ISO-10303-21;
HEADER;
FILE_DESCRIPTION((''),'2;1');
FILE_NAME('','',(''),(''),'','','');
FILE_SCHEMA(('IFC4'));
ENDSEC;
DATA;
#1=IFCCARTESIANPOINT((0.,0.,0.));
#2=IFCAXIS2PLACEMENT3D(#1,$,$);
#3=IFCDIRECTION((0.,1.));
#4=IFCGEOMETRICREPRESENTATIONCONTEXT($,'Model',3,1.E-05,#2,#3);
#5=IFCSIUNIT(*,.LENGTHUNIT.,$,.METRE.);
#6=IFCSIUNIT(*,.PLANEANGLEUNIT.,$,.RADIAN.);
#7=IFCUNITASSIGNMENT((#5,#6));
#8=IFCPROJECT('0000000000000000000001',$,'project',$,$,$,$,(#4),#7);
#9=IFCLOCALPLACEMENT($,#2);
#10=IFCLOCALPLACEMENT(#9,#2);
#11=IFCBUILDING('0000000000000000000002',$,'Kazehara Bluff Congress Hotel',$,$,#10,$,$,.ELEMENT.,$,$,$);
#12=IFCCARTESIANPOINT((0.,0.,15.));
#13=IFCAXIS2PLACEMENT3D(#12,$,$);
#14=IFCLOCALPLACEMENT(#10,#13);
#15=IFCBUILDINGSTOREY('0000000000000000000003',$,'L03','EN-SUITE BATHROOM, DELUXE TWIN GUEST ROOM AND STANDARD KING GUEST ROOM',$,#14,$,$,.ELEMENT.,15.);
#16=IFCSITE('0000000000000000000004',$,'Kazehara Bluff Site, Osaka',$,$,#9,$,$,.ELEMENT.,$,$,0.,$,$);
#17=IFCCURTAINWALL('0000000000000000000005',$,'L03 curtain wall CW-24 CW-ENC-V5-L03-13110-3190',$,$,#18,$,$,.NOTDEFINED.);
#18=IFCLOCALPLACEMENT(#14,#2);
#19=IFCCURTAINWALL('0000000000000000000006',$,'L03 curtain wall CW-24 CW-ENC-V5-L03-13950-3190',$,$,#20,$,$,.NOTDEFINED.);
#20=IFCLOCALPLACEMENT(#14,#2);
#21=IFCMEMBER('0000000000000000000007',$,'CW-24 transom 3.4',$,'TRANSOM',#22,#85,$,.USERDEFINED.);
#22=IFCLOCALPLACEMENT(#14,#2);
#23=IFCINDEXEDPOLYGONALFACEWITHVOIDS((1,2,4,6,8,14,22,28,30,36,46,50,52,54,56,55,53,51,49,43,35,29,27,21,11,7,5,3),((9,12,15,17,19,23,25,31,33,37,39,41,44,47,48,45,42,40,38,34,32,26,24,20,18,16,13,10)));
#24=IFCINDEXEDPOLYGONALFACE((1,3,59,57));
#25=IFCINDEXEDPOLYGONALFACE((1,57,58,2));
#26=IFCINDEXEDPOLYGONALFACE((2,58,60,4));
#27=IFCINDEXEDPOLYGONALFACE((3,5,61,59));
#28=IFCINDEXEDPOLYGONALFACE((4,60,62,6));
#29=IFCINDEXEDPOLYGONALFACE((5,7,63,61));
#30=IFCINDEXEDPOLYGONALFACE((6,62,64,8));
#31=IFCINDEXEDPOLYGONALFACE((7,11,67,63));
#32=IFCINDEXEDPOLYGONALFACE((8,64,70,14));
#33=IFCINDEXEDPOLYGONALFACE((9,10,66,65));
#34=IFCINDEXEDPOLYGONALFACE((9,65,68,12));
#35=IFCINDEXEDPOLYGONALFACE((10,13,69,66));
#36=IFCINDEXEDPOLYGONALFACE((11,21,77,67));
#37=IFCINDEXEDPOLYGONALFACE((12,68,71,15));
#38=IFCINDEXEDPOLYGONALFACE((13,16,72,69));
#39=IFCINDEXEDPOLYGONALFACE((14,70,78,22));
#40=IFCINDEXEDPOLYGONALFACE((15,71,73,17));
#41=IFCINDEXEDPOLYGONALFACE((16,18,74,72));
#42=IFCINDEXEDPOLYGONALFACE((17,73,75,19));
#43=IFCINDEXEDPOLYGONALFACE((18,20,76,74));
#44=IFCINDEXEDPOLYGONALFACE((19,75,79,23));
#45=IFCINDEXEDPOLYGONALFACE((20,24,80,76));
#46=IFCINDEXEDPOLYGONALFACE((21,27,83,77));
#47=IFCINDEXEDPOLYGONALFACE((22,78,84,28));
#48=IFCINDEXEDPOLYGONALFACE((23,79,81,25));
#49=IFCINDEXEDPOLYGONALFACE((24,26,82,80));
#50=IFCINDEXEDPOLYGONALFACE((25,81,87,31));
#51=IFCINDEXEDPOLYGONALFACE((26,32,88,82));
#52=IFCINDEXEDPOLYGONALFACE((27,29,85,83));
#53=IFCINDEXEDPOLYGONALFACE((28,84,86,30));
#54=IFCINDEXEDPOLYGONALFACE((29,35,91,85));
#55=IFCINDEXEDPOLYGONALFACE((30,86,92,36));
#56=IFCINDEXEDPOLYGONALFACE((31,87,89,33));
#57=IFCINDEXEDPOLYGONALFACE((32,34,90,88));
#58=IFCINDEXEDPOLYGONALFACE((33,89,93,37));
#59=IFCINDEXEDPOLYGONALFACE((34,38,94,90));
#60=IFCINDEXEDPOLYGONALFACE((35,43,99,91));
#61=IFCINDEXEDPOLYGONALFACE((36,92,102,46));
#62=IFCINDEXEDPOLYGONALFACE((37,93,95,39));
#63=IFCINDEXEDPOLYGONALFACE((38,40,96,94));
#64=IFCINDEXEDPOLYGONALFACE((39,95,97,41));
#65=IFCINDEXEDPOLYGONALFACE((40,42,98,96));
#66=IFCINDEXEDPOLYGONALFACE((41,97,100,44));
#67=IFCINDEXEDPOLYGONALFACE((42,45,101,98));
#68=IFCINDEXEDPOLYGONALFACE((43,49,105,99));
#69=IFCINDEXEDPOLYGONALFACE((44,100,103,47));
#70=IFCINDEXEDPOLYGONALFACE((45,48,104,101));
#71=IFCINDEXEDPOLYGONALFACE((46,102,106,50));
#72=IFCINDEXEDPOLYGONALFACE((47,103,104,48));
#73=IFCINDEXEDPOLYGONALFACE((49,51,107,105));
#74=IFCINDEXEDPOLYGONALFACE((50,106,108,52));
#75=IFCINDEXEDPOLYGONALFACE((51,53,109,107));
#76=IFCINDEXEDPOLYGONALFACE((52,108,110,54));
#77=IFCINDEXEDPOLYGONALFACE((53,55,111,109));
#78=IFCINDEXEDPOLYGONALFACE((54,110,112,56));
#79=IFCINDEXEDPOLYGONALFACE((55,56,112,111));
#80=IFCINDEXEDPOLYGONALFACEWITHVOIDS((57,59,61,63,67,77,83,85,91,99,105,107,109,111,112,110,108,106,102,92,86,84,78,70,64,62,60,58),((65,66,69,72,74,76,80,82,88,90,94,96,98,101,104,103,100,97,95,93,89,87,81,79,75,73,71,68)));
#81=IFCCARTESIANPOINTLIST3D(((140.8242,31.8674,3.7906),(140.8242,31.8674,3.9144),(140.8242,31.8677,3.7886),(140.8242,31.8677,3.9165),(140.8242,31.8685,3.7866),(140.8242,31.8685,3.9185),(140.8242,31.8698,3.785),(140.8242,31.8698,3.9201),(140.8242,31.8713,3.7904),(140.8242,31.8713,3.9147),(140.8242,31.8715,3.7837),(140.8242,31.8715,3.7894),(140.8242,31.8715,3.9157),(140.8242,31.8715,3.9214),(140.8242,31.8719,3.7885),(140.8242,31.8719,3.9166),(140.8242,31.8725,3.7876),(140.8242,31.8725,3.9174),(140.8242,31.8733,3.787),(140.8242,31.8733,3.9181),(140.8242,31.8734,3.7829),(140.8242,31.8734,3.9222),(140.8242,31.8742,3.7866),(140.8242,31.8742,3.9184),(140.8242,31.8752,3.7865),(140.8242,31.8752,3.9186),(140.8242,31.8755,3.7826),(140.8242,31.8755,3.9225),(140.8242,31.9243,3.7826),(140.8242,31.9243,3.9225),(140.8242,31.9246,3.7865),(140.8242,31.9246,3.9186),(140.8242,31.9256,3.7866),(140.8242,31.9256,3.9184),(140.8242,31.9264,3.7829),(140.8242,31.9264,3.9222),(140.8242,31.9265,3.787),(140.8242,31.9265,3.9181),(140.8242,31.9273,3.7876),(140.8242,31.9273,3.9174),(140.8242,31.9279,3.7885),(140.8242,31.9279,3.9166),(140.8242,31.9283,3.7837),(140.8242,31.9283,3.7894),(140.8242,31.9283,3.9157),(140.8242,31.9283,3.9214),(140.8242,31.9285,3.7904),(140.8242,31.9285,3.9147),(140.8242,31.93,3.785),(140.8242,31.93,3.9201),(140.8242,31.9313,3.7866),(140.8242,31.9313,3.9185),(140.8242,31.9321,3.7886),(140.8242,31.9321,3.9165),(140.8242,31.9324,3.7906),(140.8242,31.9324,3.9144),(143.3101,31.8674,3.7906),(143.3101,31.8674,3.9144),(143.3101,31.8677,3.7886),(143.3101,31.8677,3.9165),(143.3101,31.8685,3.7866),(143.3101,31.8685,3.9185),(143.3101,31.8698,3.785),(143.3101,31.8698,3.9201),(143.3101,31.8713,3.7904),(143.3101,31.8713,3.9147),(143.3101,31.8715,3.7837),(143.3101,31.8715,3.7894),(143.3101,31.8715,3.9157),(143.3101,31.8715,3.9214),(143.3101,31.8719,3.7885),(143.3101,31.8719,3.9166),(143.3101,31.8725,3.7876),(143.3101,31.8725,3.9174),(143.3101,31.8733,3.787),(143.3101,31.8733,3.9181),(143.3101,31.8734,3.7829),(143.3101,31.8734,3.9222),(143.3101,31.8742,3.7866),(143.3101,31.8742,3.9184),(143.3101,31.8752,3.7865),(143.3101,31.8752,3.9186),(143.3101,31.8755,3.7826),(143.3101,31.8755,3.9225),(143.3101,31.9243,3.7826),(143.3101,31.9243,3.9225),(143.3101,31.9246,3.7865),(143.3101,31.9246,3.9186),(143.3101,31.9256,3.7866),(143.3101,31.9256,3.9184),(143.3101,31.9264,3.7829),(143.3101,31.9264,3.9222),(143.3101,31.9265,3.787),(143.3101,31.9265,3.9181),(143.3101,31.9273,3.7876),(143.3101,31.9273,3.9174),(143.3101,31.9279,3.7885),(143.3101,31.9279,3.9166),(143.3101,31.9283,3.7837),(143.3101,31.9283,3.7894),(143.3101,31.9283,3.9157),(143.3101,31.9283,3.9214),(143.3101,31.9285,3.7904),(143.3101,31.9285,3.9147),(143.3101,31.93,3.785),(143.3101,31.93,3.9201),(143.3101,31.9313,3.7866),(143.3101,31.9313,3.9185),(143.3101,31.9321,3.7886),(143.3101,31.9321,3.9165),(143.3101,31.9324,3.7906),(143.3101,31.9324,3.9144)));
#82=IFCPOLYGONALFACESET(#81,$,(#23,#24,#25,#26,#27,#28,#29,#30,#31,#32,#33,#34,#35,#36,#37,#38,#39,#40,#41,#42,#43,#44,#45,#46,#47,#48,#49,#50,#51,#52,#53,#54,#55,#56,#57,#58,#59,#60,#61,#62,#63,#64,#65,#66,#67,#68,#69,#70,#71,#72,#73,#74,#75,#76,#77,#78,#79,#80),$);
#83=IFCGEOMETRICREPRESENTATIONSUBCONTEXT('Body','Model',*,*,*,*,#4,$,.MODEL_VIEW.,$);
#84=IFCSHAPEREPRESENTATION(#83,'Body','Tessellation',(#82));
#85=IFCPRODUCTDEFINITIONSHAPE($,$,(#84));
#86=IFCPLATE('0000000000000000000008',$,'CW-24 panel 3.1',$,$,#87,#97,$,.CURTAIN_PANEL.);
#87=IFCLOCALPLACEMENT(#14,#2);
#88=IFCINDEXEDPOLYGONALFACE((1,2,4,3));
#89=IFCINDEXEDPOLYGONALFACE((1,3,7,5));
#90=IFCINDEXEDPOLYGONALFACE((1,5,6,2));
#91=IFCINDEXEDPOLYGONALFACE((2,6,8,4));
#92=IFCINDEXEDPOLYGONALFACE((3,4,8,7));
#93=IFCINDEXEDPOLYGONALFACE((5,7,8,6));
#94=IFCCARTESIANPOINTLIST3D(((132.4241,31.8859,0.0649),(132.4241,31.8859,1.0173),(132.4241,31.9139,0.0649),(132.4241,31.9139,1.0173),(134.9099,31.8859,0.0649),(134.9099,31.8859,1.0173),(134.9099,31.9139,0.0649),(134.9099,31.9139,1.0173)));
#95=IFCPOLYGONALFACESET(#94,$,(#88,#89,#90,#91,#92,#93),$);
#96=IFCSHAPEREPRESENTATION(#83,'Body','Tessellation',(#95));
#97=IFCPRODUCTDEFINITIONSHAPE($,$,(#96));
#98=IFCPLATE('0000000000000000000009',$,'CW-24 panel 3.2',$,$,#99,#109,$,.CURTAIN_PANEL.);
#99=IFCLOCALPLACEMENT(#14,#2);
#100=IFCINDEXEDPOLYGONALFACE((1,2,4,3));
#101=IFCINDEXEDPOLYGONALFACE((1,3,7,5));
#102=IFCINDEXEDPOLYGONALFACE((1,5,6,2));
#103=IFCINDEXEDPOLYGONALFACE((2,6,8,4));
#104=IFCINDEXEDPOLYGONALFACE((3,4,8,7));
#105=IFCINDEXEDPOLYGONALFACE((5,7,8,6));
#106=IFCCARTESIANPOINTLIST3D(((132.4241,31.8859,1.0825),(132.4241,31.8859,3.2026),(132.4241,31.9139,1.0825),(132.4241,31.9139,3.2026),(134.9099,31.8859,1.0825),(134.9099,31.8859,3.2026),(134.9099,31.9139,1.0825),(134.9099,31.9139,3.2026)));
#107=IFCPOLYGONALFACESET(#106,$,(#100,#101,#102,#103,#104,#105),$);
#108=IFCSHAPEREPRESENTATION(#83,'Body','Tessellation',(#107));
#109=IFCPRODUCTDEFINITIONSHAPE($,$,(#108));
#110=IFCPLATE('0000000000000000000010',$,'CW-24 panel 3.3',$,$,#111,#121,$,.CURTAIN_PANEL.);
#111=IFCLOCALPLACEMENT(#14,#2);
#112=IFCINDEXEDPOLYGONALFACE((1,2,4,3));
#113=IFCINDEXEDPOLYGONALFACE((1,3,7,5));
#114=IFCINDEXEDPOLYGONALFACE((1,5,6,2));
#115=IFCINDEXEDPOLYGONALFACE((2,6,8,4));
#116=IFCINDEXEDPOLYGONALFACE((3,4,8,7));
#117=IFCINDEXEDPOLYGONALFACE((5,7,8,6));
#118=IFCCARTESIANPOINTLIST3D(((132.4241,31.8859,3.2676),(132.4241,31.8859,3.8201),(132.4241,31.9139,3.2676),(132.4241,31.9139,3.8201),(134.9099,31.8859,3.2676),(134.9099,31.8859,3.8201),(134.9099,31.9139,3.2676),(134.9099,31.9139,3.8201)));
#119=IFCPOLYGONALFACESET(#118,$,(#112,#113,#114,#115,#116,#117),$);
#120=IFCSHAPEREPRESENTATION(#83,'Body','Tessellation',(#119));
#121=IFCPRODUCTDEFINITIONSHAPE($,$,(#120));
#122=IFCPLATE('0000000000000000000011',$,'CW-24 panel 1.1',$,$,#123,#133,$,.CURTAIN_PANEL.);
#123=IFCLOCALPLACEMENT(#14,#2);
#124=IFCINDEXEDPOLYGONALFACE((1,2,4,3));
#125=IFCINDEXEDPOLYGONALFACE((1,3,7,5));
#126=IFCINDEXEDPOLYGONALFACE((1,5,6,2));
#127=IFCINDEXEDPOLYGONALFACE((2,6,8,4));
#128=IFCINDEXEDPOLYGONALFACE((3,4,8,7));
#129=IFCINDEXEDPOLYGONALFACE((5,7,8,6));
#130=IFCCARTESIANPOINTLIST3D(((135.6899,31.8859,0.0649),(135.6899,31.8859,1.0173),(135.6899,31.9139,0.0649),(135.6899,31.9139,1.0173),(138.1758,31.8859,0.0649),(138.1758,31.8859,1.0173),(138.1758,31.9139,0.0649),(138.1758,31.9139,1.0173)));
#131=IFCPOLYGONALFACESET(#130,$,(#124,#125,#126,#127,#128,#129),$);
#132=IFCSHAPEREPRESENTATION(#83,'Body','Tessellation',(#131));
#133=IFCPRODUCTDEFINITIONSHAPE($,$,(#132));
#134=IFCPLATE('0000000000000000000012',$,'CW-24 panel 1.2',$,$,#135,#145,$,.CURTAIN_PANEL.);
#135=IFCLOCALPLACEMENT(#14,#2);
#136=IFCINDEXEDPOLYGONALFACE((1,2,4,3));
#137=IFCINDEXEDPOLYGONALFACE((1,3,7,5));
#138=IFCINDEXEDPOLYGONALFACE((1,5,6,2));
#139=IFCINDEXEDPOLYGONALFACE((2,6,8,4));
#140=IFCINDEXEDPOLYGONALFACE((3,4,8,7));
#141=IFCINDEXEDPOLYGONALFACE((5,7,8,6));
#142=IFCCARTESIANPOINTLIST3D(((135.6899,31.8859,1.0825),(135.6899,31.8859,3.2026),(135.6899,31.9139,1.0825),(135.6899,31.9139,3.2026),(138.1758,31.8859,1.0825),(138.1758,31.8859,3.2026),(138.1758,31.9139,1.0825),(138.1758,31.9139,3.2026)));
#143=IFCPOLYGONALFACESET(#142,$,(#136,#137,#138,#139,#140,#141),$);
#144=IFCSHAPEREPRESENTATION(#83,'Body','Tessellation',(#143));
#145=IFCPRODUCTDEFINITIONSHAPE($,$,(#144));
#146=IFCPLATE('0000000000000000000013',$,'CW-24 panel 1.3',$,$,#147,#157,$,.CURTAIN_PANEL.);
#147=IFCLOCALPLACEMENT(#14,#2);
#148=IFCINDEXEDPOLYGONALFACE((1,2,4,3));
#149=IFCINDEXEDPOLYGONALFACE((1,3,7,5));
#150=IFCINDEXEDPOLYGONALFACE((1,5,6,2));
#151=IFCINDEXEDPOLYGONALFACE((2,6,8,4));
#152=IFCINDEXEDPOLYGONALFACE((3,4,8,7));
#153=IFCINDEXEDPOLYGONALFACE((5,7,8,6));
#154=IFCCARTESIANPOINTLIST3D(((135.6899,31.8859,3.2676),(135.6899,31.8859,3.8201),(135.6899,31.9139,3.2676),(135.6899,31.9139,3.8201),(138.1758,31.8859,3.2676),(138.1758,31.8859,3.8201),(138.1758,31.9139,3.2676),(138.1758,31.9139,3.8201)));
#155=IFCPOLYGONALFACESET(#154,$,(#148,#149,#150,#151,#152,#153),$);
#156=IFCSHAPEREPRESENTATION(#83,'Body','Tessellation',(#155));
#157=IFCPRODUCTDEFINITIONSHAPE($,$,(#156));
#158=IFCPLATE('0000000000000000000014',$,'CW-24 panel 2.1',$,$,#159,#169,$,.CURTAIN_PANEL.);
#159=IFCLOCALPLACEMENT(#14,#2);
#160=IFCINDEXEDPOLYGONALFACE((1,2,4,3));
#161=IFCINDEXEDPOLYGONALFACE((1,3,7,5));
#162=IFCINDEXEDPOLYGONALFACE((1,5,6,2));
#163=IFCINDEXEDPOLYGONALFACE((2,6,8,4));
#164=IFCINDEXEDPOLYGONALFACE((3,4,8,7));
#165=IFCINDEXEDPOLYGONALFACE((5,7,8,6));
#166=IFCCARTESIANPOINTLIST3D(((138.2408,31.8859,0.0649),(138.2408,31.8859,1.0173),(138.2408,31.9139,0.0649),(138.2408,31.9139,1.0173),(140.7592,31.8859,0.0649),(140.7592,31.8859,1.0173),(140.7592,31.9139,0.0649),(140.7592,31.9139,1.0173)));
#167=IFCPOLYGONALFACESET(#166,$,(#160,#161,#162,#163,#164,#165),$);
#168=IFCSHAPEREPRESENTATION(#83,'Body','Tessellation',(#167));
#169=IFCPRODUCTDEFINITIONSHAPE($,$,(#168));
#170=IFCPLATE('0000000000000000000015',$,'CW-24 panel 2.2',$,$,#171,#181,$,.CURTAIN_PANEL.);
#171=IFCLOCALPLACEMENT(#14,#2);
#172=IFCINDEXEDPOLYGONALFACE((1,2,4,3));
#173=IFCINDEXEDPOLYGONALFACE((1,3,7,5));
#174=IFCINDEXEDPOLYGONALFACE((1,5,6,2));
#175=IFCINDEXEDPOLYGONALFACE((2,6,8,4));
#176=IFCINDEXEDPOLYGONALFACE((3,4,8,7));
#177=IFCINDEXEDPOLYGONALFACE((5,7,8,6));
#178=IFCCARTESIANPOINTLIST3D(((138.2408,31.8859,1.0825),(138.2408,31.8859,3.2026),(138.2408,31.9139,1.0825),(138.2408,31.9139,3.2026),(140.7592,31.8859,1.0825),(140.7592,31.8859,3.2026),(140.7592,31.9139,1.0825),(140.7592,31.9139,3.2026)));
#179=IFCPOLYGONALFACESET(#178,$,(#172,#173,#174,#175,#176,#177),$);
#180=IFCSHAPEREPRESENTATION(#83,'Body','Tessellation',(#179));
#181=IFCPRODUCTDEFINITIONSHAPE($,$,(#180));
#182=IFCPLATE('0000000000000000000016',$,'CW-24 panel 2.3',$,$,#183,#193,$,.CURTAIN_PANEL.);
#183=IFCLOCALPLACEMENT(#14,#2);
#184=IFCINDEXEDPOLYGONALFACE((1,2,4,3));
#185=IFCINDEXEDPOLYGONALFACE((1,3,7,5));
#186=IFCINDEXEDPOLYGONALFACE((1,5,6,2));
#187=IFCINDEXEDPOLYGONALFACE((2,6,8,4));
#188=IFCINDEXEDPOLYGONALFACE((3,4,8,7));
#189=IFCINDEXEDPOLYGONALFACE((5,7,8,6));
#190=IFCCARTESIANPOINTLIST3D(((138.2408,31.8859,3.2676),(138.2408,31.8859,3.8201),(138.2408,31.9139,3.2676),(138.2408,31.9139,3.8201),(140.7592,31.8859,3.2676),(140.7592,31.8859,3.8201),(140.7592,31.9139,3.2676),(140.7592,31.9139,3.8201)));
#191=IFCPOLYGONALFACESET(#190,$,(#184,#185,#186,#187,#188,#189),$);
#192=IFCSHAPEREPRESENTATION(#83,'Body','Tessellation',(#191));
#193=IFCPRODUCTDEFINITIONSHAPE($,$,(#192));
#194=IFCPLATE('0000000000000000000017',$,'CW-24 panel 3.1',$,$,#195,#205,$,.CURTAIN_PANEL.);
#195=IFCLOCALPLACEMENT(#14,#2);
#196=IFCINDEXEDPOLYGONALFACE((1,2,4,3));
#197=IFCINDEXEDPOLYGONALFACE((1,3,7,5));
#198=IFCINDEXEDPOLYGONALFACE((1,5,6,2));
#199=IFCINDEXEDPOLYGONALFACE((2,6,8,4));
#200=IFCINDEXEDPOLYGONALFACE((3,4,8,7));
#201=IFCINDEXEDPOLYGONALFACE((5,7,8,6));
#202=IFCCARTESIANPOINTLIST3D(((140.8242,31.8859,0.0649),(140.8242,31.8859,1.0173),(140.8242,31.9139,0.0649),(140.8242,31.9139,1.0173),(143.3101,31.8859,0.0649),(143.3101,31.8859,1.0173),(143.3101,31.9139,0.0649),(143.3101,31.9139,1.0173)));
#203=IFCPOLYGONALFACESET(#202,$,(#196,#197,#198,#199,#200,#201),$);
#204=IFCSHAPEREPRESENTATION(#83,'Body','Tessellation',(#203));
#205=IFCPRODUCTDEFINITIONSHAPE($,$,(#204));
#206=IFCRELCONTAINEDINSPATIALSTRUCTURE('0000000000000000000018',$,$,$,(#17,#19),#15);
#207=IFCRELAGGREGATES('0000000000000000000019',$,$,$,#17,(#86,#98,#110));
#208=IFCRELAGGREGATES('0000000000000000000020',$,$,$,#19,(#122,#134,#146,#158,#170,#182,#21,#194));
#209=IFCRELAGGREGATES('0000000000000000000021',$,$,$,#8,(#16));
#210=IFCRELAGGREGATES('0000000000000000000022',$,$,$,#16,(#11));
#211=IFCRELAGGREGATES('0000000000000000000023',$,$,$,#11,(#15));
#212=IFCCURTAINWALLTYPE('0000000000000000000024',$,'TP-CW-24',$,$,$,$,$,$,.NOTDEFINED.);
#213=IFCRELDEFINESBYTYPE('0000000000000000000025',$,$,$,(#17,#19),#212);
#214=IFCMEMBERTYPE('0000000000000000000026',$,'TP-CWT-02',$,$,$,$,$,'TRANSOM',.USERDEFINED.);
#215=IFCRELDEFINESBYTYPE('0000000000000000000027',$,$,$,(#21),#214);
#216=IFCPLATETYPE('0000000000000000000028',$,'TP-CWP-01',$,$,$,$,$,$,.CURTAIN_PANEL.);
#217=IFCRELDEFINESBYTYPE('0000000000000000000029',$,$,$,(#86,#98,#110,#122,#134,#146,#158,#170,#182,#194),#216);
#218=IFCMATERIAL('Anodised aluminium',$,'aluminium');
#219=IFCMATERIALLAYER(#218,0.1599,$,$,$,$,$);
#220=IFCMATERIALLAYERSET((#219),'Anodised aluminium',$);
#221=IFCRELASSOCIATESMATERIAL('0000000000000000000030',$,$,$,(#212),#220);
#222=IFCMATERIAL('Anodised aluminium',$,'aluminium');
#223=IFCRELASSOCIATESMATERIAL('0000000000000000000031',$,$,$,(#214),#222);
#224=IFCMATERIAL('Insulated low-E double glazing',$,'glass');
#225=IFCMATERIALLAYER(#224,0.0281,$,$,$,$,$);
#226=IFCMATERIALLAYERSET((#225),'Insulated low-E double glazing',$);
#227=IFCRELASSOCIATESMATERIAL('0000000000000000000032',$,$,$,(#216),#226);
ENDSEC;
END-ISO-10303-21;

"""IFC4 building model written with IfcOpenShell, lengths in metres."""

from ifc_helpers import new_model, si_unit, direction, frame, origin, origin_2d, place, context, subcontext, project, spatial, rectangle, hollow_rectangle, extrude, material, layer, layer_set, material_profile, profile_set, type_object, element, aggregate, save


model = new_model("IFC4")

# Units and contexts
model_context = context("Model", 3, precision=1e-05, world=origin(), true_north=direction((0.0, 1.0)))
body_context = subcontext(model_context, "Body", "Model", "MODEL_VIEW")
ifc_project = project(units=[si_unit("LENGTHUNIT", "METRE"), si_unit("PLANEANGLEUNIT", "RADIAN")], contexts=[model_context])

# Site, building, storey
site_placement = place(None, origin())
site = spatial("IfcSite", under=ifc_project, at=site_placement, Name="Kazehara Bluff Site, Osaka", CompositionType="ELEMENT", RefElevation=0.0)
building_placement = place(site_placement, origin())
building = spatial("IfcBuilding", under=site, at=building_placement, Name="Kazehara Bluff Congress Hotel", CompositionType="ELEMENT")
storey_placement = place(building_placement, frame((0.0, 0.0, 15.0)))
storey = spatial("IfcBuildingStorey", under=building, at=storey_placement, Name="L03", Description="EN-SUITE BATHROOM, DELUXE TWIN GUEST ROOM AND STANDARD KING GUEST ROOM", CompositionType="ELEMENT", Elevation=15.0)

# Curtain wall
ifc_material_1 = material(Name="Anodised aluminium", Category="aluminium")
ifc_layer_1 = layer(ifc_material_1, 0.1599)
ifc_layer_set_1 = layer_set([ifc_layer_1], Name="Anodised aluminium")
curtain_wall_type = type_object("IfcCurtainWallType", Name="TP-CW-24", PredefinedType="NOTDEFINED", material=ifc_layer_set_1)
curtain_wall_1_placement = place(storey_placement, origin())
curtain_wall_1 = element("IfcCurtainWall", 1, at=curtain_wall_1_placement, inside=storey, type_object=curtain_wall_type, Name="L03 curtain wall CW-24 CW-ENC-V5-L03-13110-3190", PredefinedType="NOTDEFINED")

# Curtain wall
curtain_wall_2_placement = place(storey_placement, origin())
curtain_wall_2 = element("IfcCurtainWall", 2, at=curtain_wall_2_placement, inside=storey, type_object=curtain_wall_type, Name="L03 curtain wall CW-24 CW-ENC-V5-L03-13950-3190", PredefinedType="NOTDEFINED")

# Member
ifc_material_2 = material(Name="Anodised aluminium", Category="aluminium")
ifc_material_profile_1 = material_profile(ifc_material_2, hollow_rectangle(XDim=0.0649, YDim=0.1399, WallThickness=0.0039, InnerFilletRadius=0.0039, OuterFilletRadius=0.0081, at=origin_2d()))
ifc_profile_set_1 = profile_set([ifc_material_profile_1], Name="Anodised aluminium")
member_type_1 = type_object("IfcMemberType", Name="TP-CWT-02", ElementType="TRANSOM", PredefinedType="USERDEFINED", material=ifc_profile_set_1)
member_1_placement = place(storey_placement, frame((140.8242, 31.8999, 3.8525), z_axis=(1.0, 0.0, 0.0), x_axis=(0.0, 1.0, 0.0)))
member_1 = element("IfcMember", 3, at=member_1_placement, type_object=member_type_1, Name="CW-24 transom 3.4", ObjectType="TRANSOM", PredefinedType="USERDEFINED", context=body_context, shape_type="SweptSolid", body=[
    extrude(hollow_rectangle(XDim=0.0649, YDim=0.1399, WallThickness=0.0039, InnerFilletRadius=0.0039, OuterFilletRadius=0.0081, at=origin_2d()), origin(), (0.0, 0.0, 1.0), 2.4858),
])

# Plates
ifc_material_3 = material(Name="Insulated low-E double glazing", Category="glass")
ifc_layer_2 = layer(ifc_material_3, 0.0281)
ifc_layer_set_2 = layer_set([ifc_layer_2], Name="Insulated low-E double glazing")
plate_type = type_object("IfcPlateType", Name="TP-CWP-01", PredefinedType="CURTAIN_PANEL", material=ifc_layer_set_2)
plate_1_placement = place(storey_placement, frame((133.667, 31.8999, 0.0649), z_axis=(0.0, 0.0, 1.0), x_axis=(1.0, 0.0, 0.0)))
plate_1 = element("IfcPlate", 4, at=plate_1_placement, type_object=plate_type, Name="CW-24 panel 3.1", PredefinedType="CURTAIN_PANEL", context=body_context, shape_type="SweptSolid", body=[
    extrude(rectangle(XDim=2.4858, YDim=0.0281, at=origin_2d()), origin(), (0.0, 0.0, 1.0), 0.9524),
])
plate_2_placement = place(storey_placement, frame((133.667, 31.8999, 1.0825), z_axis=(0.0, 0.0, 1.0), x_axis=(1.0, 0.0, 0.0)))
plate_2 = element("IfcPlate", 5, at=plate_2_placement, type_object=plate_type, Name="CW-24 panel 3.2", PredefinedType="CURTAIN_PANEL", context=body_context, shape_type="SweptSolid", body=[
    extrude(rectangle(XDim=2.4858, YDim=0.0281, at=origin_2d()), origin(), (0.0, 0.0, 1.0), 2.1201),
])
plate_3_placement = place(storey_placement, frame((133.667, 31.8999, 3.2676), z_axis=(0.0, 0.0, 1.0), x_axis=(1.0, 0.0, 0.0)))
plate_3 = element("IfcPlate", 6, at=plate_3_placement, type_object=plate_type, Name="CW-24 panel 3.3", PredefinedType="CURTAIN_PANEL", context=body_context, shape_type="SweptSolid", body=[
    extrude(rectangle(XDim=2.4858, YDim=0.0281, at=origin_2d()), origin(), (0.0, 0.0, 1.0), 0.5525),
])
aggregate(curtain_wall_1, [plate_1, plate_2, plate_3])
plate_4_placement = place(storey_placement, frame((136.9329, 31.8999, 0.0649), z_axis=(0.0, 0.0, 1.0), x_axis=(1.0, 0.0, 0.0)))
plate_4 = element("IfcPlate", 7, at=plate_4_placement, type_object=plate_type, Name="CW-24 panel 1.1", PredefinedType="CURTAIN_PANEL", context=body_context, shape_type="SweptSolid", body=[
    extrude(rectangle(XDim=2.4858, YDim=0.0281, at=origin_2d()), origin(), (0.0, 0.0, 1.0), 0.9524),
])
plate_5_placement = place(storey_placement, frame((136.9329, 31.8999, 1.0825), z_axis=(0.0, 0.0, 1.0), x_axis=(1.0, 0.0, 0.0)))
plate_5 = element("IfcPlate", 8, at=plate_5_placement, type_object=plate_type, Name="CW-24 panel 1.2", PredefinedType="CURTAIN_PANEL", context=body_context, shape_type="SweptSolid", body=[
    extrude(rectangle(XDim=2.4858, YDim=0.0281, at=origin_2d()), origin(), (0.0, 0.0, 1.0), 2.1201),
])
plate_6_placement = place(storey_placement, frame((136.9329, 31.8999, 3.2676), z_axis=(0.0, 0.0, 1.0), x_axis=(1.0, 0.0, 0.0)))
plate_6 = element("IfcPlate", 9, at=plate_6_placement, type_object=plate_type, Name="CW-24 panel 1.3", PredefinedType="CURTAIN_PANEL", context=body_context, shape_type="SweptSolid", body=[
    extrude(rectangle(XDim=2.4858, YDim=0.0281, at=origin_2d()), origin(), (0.0, 0.0, 1.0), 0.5525),
])
plate_7_placement = place(storey_placement, frame((139.5, 31.8999, 0.0649), z_axis=(0.0, 0.0, 1.0), x_axis=(1.0, 0.0, 0.0)))
plate_7 = element("IfcPlate", 10, at=plate_7_placement, type_object=plate_type, Name="CW-24 panel 2.1", PredefinedType="CURTAIN_PANEL", context=body_context, shape_type="SweptSolid", body=[
    extrude(rectangle(XDim=2.5183, YDim=0.0281, at=origin_2d()), origin(), (0.0, 0.0, 1.0), 0.9524),
])
plate_8_placement = place(storey_placement, frame((139.5, 31.8999, 1.0825), z_axis=(0.0, 0.0, 1.0), x_axis=(1.0, 0.0, 0.0)))
plate_8 = element("IfcPlate", 11, at=plate_8_placement, type_object=plate_type, Name="CW-24 panel 2.2", PredefinedType="CURTAIN_PANEL", context=body_context, shape_type="SweptSolid", body=[
    extrude(rectangle(XDim=2.5183, YDim=0.0281, at=origin_2d()), origin(), (0.0, 0.0, 1.0), 2.1201),
])
plate_9_placement = place(storey_placement, frame((139.5, 31.8999, 3.2676), z_axis=(0.0, 0.0, 1.0), x_axis=(1.0, 0.0, 0.0)))
plate_9 = element("IfcPlate", 12, at=plate_9_placement, type_object=plate_type, Name="CW-24 panel 2.3", PredefinedType="CURTAIN_PANEL", context=body_context, shape_type="SweptSolid", body=[
    extrude(rectangle(XDim=2.5183, YDim=0.0281, at=origin_2d()), origin(), (0.0, 0.0, 1.0), 0.5525),
])
plate_10_placement = place(storey_placement, frame((142.0671, 31.8999, 0.0649), z_axis=(0.0, 0.0, 1.0), x_axis=(1.0, 0.0, 0.0)))
plate_10 = element("IfcPlate", 13, at=plate_10_placement, type_object=plate_type, Name="CW-24 panel 3.1", PredefinedType="CURTAIN_PANEL", context=body_context, shape_type="SweptSolid", body=[
    extrude(rectangle(XDim=2.4858, YDim=0.0281, at=origin_2d()), origin(), (0.0, 0.0, 1.0), 0.9524),
])
aggregate(curtain_wall_2, [plate_4, plate_5, plate_6, plate_7, plate_8, plate_9, member_1, plate_10])

save(model, "model.ifc")
